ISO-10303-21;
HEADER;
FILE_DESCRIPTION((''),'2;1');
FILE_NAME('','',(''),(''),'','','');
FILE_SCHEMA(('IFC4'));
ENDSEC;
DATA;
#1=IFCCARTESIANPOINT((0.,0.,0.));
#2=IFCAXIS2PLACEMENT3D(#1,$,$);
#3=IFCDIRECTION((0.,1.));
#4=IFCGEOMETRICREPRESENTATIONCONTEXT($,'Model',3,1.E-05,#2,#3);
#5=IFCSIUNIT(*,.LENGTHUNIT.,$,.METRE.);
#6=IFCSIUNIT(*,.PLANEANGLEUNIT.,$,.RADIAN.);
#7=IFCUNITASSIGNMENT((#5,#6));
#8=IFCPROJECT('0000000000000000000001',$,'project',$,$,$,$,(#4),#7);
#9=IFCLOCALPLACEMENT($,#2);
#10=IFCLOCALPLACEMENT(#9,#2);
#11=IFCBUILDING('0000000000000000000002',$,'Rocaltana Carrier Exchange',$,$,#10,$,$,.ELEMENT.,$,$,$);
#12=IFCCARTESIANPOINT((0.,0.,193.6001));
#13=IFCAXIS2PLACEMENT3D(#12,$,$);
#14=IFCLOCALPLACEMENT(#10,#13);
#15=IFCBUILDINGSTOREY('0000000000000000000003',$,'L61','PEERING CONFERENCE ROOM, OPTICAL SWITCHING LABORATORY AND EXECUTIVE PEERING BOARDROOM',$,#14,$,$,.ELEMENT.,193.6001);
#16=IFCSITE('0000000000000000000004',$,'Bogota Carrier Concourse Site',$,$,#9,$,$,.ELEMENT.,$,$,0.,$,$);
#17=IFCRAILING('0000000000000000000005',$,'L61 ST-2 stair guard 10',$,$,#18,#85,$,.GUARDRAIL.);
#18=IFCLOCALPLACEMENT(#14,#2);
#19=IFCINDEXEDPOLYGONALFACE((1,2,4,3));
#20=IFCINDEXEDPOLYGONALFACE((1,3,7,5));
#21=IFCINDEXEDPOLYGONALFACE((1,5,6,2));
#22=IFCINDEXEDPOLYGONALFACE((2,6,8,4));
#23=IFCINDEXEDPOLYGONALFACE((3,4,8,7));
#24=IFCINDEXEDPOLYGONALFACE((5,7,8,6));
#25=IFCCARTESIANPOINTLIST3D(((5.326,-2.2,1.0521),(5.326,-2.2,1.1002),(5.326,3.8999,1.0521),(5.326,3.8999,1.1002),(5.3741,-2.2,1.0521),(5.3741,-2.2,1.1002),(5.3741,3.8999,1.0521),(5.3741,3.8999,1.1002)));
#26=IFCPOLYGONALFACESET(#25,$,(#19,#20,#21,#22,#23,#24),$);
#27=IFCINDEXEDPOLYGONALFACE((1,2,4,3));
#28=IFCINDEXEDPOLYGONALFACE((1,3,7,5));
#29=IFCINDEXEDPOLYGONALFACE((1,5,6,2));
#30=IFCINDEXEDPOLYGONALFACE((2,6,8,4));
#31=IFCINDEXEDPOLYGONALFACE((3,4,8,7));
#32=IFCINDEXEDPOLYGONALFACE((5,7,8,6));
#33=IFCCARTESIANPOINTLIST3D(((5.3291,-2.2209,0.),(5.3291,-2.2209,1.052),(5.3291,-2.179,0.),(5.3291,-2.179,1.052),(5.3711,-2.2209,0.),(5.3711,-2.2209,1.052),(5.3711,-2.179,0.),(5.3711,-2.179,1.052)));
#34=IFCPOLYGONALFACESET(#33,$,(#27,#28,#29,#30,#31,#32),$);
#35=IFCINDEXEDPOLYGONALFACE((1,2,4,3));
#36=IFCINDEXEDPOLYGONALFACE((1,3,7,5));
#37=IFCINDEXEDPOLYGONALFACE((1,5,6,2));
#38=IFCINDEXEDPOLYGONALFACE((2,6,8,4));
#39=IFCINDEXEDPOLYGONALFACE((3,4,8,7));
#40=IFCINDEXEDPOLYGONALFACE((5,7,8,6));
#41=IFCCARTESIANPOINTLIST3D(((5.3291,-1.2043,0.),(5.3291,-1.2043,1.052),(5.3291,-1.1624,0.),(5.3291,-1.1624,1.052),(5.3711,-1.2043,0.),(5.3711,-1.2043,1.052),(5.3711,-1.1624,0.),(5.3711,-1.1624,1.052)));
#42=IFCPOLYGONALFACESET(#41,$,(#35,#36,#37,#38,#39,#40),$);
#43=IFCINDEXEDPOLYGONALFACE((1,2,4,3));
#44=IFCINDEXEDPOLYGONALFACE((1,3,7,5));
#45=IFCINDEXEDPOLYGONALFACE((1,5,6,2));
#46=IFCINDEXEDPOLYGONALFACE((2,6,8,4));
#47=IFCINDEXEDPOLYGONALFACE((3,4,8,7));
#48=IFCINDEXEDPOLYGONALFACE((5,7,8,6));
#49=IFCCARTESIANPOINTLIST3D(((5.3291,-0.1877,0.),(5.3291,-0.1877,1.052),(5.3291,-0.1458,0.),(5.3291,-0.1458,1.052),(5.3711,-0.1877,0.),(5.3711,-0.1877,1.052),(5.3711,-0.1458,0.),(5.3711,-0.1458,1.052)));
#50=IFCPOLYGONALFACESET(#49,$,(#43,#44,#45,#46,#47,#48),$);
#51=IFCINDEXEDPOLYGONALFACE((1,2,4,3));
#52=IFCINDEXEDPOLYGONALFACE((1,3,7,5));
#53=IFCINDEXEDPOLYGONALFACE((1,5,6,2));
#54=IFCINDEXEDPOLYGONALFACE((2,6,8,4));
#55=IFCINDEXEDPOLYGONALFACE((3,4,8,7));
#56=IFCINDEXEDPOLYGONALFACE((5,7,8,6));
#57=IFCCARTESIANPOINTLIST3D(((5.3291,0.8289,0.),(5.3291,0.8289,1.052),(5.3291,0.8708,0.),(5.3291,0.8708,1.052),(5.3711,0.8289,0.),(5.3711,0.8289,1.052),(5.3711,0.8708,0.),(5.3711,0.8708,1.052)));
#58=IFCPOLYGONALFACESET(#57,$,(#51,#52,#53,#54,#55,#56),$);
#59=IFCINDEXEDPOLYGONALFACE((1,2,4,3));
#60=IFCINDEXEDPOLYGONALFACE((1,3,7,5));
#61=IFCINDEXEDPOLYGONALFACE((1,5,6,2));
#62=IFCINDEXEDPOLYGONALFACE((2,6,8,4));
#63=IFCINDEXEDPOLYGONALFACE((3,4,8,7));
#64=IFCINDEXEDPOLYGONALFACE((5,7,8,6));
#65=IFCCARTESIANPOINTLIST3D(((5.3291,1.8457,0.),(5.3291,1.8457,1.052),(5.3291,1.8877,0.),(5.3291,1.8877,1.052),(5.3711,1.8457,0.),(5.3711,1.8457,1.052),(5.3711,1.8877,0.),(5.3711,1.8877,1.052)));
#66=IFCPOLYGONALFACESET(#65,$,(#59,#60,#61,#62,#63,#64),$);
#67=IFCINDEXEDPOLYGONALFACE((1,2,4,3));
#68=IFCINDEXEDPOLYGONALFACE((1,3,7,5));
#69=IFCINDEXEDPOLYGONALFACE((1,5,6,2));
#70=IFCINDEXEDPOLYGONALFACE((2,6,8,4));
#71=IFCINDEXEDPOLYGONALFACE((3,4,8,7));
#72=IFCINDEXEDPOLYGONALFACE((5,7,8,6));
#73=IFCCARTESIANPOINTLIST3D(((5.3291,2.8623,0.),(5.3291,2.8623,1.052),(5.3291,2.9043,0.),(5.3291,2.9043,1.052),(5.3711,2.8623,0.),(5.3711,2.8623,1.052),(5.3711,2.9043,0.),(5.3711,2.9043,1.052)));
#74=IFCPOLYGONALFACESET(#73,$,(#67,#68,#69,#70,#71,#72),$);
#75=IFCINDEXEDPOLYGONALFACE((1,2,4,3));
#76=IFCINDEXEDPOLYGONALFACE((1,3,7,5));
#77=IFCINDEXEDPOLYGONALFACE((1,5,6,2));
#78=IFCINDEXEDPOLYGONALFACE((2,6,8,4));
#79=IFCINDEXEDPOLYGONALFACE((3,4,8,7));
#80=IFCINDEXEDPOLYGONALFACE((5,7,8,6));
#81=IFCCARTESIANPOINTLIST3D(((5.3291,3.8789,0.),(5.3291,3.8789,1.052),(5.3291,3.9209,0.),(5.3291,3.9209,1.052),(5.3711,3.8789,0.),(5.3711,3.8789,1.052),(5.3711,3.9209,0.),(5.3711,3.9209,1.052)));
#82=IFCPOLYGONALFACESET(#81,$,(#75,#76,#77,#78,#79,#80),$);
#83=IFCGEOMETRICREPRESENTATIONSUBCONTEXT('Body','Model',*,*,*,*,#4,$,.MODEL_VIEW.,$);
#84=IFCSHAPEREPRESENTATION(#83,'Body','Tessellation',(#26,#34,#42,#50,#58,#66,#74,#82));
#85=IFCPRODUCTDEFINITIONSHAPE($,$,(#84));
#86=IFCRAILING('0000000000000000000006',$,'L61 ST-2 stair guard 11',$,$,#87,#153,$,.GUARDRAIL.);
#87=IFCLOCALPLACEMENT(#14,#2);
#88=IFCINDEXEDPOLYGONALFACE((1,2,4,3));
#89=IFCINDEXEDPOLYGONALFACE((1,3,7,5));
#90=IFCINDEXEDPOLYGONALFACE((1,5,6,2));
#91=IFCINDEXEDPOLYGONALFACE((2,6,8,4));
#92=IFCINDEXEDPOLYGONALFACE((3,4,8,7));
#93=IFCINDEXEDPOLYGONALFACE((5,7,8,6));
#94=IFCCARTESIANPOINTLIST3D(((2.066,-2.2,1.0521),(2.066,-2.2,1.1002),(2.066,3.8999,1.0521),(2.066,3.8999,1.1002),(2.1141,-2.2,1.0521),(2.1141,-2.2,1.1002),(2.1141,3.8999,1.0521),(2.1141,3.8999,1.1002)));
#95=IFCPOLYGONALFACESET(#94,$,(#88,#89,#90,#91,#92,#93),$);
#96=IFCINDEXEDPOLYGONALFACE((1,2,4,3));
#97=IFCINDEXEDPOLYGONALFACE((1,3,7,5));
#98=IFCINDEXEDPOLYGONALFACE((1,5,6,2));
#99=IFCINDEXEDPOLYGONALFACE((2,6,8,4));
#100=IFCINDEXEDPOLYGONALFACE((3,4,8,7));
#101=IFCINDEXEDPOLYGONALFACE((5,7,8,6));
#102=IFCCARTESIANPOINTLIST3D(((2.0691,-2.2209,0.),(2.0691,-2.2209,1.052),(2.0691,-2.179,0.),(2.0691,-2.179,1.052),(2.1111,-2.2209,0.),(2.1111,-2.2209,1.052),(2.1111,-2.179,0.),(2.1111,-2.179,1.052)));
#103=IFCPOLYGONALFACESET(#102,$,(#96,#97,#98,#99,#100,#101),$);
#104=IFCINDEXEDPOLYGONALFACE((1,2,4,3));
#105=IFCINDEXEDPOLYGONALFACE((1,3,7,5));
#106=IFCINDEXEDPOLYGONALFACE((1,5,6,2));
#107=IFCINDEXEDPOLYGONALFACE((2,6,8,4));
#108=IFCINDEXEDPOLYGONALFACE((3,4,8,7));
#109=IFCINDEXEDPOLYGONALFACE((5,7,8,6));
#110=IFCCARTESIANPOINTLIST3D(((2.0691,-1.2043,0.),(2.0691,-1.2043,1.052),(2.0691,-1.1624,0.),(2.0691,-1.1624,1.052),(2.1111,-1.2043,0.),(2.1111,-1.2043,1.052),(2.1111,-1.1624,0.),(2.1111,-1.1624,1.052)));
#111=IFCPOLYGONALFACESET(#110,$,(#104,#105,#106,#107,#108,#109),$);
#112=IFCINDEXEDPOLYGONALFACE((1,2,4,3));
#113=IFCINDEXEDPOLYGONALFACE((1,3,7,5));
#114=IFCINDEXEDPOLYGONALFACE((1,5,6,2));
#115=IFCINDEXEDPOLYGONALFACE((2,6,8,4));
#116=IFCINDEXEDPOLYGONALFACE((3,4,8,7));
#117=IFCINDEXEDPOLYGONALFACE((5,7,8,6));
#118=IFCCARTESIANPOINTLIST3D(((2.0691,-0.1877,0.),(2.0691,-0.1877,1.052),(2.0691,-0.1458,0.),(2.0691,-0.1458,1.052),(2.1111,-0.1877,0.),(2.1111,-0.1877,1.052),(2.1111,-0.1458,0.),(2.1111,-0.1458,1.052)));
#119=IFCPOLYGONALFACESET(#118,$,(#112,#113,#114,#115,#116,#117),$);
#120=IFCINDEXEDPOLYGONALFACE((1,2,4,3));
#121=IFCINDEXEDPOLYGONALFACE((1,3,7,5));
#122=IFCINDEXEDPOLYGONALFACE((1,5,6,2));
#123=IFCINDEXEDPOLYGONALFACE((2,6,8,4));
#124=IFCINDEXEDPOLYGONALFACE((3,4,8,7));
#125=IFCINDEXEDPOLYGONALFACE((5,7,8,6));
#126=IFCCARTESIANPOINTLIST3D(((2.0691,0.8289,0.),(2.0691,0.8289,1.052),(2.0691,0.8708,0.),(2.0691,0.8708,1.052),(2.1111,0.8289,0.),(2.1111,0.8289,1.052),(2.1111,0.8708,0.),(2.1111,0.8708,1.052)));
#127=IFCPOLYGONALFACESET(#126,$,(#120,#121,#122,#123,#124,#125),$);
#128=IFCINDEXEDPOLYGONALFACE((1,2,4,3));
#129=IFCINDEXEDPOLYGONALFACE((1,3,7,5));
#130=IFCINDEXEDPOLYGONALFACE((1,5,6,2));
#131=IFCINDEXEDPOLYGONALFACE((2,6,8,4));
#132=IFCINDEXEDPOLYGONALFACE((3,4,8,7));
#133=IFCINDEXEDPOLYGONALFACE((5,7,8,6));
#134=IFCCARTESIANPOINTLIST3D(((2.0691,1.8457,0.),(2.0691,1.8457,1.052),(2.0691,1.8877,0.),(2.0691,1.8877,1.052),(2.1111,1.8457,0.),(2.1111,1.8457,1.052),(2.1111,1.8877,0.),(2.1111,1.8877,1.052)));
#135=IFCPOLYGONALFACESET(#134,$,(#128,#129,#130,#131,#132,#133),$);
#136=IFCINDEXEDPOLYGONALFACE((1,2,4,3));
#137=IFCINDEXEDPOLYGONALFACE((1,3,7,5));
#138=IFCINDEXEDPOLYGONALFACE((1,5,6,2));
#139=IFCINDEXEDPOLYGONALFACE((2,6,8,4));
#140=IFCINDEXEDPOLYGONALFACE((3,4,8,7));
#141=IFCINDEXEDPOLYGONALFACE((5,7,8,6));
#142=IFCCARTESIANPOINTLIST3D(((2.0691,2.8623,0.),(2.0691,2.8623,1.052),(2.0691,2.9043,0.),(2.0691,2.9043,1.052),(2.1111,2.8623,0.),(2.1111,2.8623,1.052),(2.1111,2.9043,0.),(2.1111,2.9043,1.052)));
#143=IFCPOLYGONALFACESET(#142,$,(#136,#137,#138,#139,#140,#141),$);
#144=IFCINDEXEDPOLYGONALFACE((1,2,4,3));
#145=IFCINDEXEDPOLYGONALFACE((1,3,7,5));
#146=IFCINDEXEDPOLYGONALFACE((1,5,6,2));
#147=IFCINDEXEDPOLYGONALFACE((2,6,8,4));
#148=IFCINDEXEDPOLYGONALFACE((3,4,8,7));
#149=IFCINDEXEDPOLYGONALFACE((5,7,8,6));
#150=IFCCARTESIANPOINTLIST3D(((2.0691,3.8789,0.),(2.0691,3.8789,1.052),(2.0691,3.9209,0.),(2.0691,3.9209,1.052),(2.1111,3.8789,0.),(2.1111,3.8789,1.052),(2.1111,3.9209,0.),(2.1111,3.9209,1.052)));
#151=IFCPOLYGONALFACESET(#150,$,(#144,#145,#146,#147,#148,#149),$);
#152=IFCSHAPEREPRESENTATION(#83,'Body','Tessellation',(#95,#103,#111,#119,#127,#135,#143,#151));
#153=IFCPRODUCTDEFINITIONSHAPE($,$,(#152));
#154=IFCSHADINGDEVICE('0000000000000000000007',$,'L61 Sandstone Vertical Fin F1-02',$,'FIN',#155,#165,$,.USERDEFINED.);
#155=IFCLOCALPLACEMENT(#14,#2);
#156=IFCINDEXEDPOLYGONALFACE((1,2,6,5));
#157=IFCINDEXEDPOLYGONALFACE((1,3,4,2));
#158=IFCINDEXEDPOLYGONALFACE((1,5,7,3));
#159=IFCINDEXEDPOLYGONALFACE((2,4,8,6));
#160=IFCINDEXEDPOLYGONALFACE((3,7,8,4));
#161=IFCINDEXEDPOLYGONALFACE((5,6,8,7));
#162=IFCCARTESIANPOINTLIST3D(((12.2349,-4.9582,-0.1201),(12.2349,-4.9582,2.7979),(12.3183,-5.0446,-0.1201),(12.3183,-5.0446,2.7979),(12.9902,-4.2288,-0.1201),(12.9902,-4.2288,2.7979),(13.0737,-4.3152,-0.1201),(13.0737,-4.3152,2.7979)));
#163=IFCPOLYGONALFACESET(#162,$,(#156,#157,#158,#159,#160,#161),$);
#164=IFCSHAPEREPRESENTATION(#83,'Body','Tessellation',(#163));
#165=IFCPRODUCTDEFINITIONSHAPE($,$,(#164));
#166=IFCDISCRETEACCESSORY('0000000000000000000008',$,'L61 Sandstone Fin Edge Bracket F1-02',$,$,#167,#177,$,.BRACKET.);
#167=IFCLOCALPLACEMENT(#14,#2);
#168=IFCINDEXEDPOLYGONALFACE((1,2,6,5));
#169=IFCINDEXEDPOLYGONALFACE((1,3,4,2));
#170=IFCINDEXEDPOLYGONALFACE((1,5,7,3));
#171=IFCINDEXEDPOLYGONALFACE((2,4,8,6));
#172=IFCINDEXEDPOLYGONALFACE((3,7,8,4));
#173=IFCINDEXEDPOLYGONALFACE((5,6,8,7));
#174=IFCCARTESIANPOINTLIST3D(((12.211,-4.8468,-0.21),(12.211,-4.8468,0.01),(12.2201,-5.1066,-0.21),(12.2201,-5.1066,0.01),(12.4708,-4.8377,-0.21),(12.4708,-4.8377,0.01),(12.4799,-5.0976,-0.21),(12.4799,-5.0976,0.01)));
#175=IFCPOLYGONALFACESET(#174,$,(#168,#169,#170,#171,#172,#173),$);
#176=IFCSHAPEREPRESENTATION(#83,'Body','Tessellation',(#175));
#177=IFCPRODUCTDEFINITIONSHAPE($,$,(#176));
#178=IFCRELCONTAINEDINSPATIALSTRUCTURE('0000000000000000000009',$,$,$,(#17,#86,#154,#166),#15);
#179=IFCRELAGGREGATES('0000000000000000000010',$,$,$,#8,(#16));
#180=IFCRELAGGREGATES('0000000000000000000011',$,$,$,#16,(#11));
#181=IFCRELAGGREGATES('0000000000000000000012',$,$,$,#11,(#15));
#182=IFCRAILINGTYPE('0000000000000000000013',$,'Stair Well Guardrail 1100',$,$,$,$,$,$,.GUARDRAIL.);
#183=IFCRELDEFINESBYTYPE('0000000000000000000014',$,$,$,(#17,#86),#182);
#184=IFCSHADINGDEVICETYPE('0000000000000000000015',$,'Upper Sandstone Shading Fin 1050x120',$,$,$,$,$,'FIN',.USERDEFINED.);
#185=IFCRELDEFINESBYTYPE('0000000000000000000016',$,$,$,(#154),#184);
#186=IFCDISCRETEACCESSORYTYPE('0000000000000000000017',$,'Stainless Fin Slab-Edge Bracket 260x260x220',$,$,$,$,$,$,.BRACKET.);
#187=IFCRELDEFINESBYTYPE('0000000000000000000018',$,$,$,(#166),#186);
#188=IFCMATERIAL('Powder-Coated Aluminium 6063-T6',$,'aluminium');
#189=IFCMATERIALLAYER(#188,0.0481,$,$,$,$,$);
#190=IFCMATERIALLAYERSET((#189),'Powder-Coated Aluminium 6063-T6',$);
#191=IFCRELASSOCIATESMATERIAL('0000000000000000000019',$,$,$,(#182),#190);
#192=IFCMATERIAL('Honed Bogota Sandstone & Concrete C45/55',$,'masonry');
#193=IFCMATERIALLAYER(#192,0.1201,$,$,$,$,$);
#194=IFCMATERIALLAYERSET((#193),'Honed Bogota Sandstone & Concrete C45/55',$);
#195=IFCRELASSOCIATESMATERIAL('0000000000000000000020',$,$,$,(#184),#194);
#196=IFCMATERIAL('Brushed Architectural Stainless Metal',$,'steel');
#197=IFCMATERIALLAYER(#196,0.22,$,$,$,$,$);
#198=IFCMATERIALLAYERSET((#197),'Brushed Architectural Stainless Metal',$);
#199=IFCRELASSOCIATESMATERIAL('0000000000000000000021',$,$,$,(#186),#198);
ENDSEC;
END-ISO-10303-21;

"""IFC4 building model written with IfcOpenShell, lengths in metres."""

from ifc_helpers import new_model, si_unit, direction, frame, origin, origin_2d, place, context, subcontext, project, spatial, rectangle, extrude, material, layer, layer_set, type_object, element, save


model = new_model("IFC4")

# Units and contexts
model_context = context("Model", 3, precision=1e-05, world=origin(), true_north=direction((0.0, 1.0)))
body_context = subcontext(model_context, "Body", "Model", "MODEL_VIEW")
ifc_project = project(units=[si_unit("LENGTHUNIT", "METRE"), si_unit("PLANEANGLEUNIT", "RADIAN")], contexts=[model_context])

# Site, building, storey
site_placement = place(None, origin())
site = spatial("IfcSite", under=ifc_project, at=site_placement, Name="Bogota Carrier Concourse Site", CompositionType="ELEMENT", RefElevation=0.0)
building_placement = place(site_placement, origin())
building = spatial("IfcBuilding", under=site, at=building_placement, Name="Rocaltana Carrier Exchange", CompositionType="ELEMENT")
storey_placement = place(building_placement, frame((0.0, 0.0, 193.6001)))
storey = spatial("IfcBuildingStorey", under=building, at=storey_placement, Name="L61", Description="PEERING CONFERENCE ROOM, OPTICAL SWITCHING LABORATORY AND EXECUTIVE PEERING BOARDROOM", CompositionType="ELEMENT", Elevation=193.6001)

# Railings
ifc_material_1 = material(Name="Powder-Coated Aluminium 6063-T6", Category="aluminium")
ifc_layer_1 = layer(ifc_material_1, 0.0481)
ifc_layer_set_1 = layer_set([ifc_layer_1], Name="Powder-Coated Aluminium 6063-T6")
railing_type_1 = type_object("IfcRailingType", Name="Stair Well Guardrail 1100", PredefinedType="GUARDRAIL", material=ifc_layer_set_1)
for number, where, name in (
    (1, (5.3501, -2.2, 0.0), "L61 ST-2 stair guard 10"),
    (2, (2.0901, -2.2, 0.0), "L61 ST-2 stair guard 11"),
):
    element("IfcRailing", number, at=place(storey_placement, frame(where)), inside=storey, type_object=railing_type_1, Name=name, PredefinedType="GUARDRAIL", context=body_context, shape_type="SweptSolid", body=[
        extrude(rectangle(XDim=0.0481, YDim=0.0481, at=origin_2d()), frame((0.0, 0.0, 1.0762), z_axis=(0.0, 1.0, 0.0), x_axis=(-1.0, 0.0, 0.0)), (0.0, 0.0, 1.0), 6.0999),
        extrude(rectangle(XDim=0.042, YDim=0.042, at=origin_2d()), origin(), (0.0, 0.0, 1.0), 1.052),
        extrude(rectangle(XDim=0.042, YDim=0.042, at=origin_2d()), frame((0.0, 1.0166, 0.0)), (0.0, 0.0, 1.0), 1.052),
        extrude(rectangle(XDim=0.042, YDim=0.042, at=origin_2d()), frame((0.0, 2.0332, 0.0)), (0.0, 0.0, 1.0), 1.052),
        extrude(rectangle(XDim=0.042, YDim=0.042, at=origin_2d()), frame((0.0, 3.0498, 0.0)), (0.0, 0.0, 1.0), 1.052),
        extrude(rectangle(XDim=0.042, YDim=0.042, at=origin_2d()), frame((0.0, 4.0667, 0.0)), (0.0, 0.0, 1.0), 1.052),
        extrude(rectangle(XDim=0.042, YDim=0.042, at=origin_2d()), frame((0.0, 5.0833, 0.0)), (0.0, 0.0, 1.0), 1.052),
        extrude(rectangle(XDim=0.042, YDim=0.042, at=origin_2d()), frame((0.0, 6.0999, 0.0)), (0.0, 0.0, 1.0), 1.052),
    ])

# Shading device
ifc_material_2 = material(Name="Honed Bogota Sandstone & Concrete C45/55", Category="masonry")
ifc_layer_2 = layer(ifc_material_2, 0.1201)
ifc_layer_set_2 = layer_set([ifc_layer_2], Name="Honed Bogota Sandstone & Concrete C45/55")
shading_device_type = type_object("IfcShadingDeviceType", Name="Upper Sandstone Shading Fin 1050x120", ElementType="FIN", PredefinedType="USERDEFINED", material=ifc_layer_set_2)
shading_device_placement = place(storey_placement, frame((12.6543, -4.6367, -0.1201), z_axis=(0.0, 0.0, 1.0), x_axis=(0.71934, 0.694658, 0.0)))
element("IfcShadingDevice", 3, at=shading_device_placement, inside=storey, type_object=shading_device_type, Name="L61 Sandstone Vertical Fin F1-02", ObjectType="FIN", PredefinedType="USERDEFINED", context=body_context, shape_type="SweptSolid", body=[
    extrude(rectangle(XDim=1.05, YDim=0.1201, at=origin_2d()), origin(), (0.0, 0.0, 1.0), 2.918),
])

# Discrete accessory
ifc_material_3 = material(Name="Brushed Architectural Stainless Metal", Category="steel")
ifc_layer_3 = layer(ifc_material_3, 0.22)
ifc_layer_set_3 = layer_set([ifc_layer_3], Name="Brushed Architectural Stainless Metal")
discrete_accessory_type = type_object("IfcDiscreteAccessoryType", Name="Stainless Fin Slab-Edge Bracket 260x260x220", PredefinedType="BRACKET", material=ifc_layer_set_3)
discrete_accessory_placement = place(storey_placement, frame((12.3455, -4.9722, -0.21), z_axis=(0.0, 0.0, 1.0), x_axis=(-0.034899, 0.999391, 0.0)))
element("IfcDiscreteAccessory", 4, at=discrete_accessory_placement, inside=storey, type_object=discrete_accessory_type, Name="L61 Sandstone Fin Edge Bracket F1-02", PredefinedType="BRACKET", context=body_context, shape_type="SweptSolid", body=[
    extrude(rectangle(XDim=0.26, YDim=0.26, at=origin_2d()), origin(), (0.0, 0.0, 1.0), 0.22),
])

save(model, "model.ifc")
